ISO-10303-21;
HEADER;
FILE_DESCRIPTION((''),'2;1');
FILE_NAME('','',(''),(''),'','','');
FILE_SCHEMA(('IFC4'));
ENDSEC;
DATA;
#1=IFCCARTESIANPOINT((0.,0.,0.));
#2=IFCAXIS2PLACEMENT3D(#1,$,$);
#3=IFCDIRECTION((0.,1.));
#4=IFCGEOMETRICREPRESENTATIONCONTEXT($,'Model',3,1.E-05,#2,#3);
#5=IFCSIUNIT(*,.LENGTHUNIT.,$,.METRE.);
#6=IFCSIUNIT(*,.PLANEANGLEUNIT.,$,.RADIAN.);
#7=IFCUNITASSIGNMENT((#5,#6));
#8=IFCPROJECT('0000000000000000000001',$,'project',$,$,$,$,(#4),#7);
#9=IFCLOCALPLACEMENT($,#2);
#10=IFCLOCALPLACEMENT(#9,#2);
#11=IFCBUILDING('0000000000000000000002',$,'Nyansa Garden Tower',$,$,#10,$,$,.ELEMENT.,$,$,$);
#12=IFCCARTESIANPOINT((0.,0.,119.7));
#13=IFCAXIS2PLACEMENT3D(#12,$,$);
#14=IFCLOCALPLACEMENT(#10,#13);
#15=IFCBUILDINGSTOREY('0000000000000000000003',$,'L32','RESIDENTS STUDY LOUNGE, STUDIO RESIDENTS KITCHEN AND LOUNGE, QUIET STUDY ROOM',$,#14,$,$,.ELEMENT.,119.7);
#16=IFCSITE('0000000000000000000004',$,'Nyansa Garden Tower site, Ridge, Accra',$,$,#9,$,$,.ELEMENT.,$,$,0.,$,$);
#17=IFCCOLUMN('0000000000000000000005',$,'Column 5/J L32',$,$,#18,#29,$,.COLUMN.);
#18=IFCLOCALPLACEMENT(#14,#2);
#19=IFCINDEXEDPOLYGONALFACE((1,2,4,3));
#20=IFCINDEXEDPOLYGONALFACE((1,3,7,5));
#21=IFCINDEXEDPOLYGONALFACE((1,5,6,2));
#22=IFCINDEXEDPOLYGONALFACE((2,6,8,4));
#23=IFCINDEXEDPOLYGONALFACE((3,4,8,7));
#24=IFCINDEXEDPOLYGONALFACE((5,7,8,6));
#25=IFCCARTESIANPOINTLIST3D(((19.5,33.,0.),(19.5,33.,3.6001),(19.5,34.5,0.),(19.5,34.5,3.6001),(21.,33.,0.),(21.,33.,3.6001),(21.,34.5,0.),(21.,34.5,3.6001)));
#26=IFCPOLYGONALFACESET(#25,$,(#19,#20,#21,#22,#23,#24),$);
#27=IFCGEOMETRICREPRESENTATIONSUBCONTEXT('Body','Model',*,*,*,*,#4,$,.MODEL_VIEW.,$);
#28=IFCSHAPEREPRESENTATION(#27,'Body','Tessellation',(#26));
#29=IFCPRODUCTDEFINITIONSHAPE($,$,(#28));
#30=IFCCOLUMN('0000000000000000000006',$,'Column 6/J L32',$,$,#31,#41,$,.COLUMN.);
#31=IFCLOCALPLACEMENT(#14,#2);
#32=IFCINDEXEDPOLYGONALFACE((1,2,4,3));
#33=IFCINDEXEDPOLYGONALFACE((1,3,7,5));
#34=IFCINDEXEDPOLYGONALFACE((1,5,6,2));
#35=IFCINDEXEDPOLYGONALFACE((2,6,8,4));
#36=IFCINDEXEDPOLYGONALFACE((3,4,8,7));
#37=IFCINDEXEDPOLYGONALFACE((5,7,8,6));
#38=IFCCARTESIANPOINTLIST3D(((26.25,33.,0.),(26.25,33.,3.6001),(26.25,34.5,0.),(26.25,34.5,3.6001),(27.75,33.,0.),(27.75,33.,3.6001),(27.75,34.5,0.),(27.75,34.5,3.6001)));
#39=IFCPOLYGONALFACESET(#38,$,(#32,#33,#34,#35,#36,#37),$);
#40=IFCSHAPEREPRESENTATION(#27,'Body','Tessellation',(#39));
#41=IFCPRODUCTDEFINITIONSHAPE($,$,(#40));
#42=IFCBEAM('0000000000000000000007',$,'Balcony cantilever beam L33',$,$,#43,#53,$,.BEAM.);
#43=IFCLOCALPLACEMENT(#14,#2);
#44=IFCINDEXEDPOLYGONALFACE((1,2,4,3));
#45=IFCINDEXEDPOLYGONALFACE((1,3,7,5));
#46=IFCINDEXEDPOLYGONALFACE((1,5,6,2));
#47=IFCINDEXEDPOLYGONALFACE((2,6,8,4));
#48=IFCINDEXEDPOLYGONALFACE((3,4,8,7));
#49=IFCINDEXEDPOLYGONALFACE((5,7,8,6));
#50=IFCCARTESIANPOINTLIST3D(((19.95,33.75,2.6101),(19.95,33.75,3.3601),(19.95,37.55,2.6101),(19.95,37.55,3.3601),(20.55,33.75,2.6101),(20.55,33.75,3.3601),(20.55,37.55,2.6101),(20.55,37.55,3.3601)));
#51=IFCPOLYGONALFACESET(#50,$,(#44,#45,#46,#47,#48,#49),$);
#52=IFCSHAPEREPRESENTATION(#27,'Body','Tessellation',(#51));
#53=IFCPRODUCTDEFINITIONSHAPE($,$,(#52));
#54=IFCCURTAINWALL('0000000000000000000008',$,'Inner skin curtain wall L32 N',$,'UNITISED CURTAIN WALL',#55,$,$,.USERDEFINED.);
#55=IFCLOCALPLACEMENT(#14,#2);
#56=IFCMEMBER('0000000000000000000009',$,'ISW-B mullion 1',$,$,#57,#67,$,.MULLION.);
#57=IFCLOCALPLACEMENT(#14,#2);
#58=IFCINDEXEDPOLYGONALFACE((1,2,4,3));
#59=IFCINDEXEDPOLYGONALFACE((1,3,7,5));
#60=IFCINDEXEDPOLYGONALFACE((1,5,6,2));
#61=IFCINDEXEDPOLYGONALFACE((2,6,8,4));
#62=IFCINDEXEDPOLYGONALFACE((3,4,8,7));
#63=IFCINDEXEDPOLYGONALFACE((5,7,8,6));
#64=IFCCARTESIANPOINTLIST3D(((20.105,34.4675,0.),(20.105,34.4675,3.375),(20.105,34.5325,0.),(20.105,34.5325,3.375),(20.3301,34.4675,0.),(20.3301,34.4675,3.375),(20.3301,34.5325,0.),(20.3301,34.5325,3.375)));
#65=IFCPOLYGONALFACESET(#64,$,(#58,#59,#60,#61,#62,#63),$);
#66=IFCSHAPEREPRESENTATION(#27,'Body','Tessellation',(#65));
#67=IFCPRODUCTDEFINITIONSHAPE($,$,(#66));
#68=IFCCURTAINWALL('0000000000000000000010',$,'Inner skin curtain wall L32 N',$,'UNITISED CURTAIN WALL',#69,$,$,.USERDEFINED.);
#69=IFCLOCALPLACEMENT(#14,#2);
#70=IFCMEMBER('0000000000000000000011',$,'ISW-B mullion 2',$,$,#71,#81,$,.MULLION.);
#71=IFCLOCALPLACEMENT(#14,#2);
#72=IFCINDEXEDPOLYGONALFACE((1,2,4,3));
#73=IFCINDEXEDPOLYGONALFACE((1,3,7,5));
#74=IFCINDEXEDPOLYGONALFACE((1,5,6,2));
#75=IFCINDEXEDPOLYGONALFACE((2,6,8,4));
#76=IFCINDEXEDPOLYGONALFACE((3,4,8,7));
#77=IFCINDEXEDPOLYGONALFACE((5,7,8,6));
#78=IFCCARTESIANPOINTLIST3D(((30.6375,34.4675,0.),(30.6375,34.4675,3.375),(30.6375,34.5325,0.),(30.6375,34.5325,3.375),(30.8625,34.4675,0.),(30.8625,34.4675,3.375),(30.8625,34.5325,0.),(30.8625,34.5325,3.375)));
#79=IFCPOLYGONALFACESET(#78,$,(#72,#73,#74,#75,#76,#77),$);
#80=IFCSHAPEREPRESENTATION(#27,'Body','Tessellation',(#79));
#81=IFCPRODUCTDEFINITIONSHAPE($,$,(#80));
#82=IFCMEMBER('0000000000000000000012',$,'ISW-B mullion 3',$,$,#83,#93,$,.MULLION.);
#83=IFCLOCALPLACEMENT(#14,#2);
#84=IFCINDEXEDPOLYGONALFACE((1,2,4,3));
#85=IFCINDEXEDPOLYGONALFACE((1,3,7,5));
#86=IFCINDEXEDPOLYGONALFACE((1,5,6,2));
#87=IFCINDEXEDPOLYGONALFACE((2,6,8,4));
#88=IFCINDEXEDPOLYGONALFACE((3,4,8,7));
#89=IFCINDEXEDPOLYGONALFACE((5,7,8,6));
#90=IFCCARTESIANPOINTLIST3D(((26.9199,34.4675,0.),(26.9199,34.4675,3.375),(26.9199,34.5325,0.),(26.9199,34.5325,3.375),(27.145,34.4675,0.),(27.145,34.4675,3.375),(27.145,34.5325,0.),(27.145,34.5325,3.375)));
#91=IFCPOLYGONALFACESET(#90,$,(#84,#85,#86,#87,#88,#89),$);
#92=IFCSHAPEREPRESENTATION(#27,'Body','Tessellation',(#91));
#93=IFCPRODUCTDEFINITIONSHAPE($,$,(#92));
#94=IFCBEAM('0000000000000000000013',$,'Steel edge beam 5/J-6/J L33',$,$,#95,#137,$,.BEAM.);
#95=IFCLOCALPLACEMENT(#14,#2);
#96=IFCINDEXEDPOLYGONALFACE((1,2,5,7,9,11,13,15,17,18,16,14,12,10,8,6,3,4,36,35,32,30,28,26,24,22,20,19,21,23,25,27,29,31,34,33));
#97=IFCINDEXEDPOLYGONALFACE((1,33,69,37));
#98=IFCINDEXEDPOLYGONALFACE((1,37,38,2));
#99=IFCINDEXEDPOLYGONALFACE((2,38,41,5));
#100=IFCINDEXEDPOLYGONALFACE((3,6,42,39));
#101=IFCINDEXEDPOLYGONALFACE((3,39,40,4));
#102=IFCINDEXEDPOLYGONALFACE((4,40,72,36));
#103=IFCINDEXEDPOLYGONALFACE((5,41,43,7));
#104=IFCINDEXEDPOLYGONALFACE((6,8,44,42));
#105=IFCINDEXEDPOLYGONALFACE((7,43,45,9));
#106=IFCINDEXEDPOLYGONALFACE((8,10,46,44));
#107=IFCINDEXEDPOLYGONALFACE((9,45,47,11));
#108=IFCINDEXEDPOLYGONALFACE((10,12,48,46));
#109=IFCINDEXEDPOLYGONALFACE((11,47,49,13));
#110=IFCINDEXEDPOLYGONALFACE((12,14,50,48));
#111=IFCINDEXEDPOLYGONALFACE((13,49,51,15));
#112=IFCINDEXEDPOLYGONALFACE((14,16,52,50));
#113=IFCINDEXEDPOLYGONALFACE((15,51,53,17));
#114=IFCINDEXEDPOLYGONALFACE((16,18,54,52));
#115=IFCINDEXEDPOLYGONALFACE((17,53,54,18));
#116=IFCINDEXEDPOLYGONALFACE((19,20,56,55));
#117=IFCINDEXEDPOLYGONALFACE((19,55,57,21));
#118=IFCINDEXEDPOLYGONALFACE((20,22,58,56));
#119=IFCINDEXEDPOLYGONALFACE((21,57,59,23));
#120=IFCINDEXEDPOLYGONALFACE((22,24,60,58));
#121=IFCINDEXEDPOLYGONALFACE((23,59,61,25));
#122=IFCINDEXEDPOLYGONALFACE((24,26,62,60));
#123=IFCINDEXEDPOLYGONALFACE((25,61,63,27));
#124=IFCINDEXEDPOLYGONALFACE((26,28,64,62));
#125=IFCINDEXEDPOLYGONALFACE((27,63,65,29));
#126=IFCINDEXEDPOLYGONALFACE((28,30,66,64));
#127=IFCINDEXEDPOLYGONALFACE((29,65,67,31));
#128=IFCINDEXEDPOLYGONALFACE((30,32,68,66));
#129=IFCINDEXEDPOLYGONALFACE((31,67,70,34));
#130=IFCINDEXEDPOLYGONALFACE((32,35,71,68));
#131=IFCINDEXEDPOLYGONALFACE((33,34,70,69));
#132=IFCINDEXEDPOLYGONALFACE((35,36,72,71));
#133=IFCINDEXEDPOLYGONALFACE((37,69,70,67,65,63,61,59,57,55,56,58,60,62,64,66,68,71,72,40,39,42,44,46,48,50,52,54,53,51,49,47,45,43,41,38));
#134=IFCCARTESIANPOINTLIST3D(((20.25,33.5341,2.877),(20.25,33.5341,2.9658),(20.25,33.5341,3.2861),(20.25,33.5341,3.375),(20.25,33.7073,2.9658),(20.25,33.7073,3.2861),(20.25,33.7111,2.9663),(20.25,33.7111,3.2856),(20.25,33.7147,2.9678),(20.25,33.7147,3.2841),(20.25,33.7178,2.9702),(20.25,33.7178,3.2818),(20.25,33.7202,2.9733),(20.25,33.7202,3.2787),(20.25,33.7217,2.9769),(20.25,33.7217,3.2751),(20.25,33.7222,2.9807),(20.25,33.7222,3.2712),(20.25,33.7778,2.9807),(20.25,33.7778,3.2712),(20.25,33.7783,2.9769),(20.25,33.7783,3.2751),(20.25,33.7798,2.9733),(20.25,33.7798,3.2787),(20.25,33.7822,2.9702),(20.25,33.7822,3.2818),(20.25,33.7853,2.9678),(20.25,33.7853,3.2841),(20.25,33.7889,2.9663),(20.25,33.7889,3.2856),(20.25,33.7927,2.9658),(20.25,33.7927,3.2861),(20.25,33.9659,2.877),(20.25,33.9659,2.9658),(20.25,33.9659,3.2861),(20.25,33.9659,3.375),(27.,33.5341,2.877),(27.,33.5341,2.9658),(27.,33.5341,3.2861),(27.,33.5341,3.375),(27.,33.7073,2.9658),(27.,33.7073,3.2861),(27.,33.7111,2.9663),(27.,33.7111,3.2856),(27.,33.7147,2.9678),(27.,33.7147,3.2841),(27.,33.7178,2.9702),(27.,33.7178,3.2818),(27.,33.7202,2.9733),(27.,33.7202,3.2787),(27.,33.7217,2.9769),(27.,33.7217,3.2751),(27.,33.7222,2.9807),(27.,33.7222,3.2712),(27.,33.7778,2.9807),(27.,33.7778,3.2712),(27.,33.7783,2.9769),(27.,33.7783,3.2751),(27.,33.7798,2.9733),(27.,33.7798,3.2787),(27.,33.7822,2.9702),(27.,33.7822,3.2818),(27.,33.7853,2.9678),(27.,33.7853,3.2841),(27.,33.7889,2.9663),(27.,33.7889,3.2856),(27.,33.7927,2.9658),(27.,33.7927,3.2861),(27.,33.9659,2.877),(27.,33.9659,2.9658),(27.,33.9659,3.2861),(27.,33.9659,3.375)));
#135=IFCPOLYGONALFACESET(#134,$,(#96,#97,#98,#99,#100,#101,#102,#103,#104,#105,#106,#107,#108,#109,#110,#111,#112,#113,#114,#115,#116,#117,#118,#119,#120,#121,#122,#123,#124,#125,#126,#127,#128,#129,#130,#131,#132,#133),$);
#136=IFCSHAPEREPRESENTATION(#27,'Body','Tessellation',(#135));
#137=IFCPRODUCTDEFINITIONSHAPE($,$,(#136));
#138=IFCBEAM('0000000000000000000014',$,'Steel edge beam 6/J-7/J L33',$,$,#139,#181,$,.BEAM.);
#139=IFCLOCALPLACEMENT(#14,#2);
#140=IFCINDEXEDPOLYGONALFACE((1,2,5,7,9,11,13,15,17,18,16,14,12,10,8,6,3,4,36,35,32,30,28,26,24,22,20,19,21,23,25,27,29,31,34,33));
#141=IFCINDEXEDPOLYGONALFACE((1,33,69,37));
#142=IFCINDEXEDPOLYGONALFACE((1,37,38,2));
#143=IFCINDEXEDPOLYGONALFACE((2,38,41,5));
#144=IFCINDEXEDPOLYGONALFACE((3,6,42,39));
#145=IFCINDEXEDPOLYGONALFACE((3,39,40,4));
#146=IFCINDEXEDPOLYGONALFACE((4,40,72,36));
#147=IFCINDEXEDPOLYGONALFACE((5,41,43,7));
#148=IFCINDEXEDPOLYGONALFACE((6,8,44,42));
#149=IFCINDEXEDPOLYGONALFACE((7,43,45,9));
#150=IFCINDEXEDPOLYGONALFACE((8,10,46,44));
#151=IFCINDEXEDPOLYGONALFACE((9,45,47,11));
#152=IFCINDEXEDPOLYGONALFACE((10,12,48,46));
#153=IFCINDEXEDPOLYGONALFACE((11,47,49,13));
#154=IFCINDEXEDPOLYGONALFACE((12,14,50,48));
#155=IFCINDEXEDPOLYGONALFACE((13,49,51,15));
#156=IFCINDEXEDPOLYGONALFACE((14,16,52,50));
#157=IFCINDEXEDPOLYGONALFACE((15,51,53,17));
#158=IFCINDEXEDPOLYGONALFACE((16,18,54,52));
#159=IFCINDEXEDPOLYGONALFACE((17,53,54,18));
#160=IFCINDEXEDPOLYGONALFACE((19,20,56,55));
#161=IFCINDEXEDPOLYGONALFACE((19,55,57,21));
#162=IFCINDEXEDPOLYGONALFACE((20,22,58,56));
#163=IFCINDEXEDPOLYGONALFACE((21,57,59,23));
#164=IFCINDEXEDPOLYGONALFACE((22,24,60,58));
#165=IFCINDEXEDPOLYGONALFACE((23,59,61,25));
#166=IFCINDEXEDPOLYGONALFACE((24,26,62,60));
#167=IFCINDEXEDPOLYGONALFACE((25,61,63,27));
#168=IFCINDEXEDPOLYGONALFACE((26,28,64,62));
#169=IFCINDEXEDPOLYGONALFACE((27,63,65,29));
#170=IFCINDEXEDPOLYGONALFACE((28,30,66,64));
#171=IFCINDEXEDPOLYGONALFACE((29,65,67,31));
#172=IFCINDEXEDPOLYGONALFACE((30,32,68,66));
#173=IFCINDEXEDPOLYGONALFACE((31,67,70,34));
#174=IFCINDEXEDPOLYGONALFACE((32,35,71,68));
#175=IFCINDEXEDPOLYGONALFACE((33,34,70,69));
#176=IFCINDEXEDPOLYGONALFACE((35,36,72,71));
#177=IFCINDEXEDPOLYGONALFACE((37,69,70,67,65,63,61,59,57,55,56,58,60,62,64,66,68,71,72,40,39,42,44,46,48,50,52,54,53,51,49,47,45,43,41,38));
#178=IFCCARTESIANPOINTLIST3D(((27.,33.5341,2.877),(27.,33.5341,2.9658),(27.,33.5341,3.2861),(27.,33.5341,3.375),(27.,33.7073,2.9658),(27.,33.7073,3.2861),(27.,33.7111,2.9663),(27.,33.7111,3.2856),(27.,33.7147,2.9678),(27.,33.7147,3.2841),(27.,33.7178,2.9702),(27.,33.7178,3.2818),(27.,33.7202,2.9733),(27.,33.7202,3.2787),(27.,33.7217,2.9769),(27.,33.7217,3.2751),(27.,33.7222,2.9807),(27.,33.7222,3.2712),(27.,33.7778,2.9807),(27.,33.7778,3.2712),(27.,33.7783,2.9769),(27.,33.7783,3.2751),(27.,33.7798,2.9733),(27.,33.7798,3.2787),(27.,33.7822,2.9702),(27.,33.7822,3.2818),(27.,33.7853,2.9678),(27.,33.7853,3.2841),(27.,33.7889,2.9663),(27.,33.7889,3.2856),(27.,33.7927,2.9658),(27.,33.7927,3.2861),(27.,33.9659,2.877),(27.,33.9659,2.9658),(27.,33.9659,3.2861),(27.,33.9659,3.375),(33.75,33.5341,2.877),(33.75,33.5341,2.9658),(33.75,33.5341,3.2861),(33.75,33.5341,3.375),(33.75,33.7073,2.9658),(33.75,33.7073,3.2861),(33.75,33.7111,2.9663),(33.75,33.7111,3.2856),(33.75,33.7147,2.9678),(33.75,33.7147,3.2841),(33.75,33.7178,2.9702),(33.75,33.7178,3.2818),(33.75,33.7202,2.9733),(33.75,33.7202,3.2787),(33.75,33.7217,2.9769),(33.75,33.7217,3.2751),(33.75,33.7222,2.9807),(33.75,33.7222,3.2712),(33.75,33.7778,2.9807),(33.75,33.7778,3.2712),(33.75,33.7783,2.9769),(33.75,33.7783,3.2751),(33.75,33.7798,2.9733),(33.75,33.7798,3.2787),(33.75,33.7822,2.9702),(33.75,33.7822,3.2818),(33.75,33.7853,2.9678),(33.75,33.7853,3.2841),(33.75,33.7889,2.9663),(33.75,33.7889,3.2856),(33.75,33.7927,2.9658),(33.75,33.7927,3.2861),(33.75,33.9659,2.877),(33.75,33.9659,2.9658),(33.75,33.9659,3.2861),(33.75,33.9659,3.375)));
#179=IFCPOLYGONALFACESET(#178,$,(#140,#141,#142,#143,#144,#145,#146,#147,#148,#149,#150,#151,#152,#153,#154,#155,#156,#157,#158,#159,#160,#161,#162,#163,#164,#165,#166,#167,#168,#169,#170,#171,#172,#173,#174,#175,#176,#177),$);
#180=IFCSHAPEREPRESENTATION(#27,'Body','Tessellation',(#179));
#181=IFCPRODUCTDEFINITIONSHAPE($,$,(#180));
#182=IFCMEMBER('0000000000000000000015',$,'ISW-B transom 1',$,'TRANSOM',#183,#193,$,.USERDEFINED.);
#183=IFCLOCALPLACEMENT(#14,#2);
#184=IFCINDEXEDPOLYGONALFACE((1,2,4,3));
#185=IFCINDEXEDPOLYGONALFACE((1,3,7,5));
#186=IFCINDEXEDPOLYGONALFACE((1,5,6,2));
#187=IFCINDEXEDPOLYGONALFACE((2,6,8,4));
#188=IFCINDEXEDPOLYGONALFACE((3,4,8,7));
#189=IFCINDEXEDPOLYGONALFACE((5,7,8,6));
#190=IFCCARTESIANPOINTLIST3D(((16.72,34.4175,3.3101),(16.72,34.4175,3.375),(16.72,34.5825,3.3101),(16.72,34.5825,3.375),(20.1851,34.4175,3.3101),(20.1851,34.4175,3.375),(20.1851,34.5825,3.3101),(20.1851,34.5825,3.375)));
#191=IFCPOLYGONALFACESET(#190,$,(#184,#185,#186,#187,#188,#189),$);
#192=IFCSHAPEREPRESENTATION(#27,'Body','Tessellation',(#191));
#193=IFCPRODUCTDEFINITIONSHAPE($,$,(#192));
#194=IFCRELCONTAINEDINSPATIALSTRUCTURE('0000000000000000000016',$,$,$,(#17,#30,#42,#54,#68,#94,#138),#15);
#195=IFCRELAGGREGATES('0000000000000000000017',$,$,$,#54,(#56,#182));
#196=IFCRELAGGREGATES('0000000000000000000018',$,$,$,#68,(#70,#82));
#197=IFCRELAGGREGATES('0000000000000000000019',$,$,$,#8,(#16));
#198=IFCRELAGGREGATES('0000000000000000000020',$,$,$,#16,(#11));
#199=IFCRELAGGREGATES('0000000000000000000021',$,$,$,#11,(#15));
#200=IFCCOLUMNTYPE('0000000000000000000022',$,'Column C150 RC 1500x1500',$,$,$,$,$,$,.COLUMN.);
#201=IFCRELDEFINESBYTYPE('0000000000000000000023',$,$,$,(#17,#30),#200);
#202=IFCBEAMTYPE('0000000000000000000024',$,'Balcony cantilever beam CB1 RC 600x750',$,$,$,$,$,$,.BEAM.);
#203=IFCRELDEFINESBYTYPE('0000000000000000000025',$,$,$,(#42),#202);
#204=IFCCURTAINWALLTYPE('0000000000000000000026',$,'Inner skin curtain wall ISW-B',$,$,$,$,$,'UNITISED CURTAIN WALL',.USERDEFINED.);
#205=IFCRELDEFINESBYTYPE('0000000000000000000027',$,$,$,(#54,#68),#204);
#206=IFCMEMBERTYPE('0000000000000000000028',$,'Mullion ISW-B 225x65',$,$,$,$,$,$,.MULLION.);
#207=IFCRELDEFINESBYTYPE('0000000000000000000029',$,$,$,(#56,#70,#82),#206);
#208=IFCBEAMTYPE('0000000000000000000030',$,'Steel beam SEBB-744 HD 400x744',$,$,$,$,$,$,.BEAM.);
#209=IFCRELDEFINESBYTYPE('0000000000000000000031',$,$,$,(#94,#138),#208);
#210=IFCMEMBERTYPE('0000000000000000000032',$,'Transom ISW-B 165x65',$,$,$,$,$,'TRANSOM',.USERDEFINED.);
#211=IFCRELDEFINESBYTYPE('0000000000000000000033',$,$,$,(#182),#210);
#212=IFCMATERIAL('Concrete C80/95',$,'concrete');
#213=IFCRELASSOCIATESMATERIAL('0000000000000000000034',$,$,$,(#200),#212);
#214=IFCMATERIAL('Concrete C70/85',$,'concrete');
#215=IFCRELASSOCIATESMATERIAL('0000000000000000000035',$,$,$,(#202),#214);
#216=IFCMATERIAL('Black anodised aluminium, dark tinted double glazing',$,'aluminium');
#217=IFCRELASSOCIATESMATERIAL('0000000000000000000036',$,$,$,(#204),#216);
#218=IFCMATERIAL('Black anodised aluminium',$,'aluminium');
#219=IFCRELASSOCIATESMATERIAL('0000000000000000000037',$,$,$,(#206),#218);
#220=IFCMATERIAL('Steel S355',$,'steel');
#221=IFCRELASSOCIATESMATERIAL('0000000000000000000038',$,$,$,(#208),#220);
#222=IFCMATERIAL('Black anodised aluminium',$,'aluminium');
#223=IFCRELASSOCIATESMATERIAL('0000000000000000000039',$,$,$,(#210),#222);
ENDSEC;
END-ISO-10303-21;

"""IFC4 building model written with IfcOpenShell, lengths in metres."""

from ifc_helpers import new_model, si_unit, direction, frame, origin, origin_2d, place, context, subcontext, project, spatial, rectangle, i_section, extrude, material, material_profile, profile_set, type_object, element, aggregate, save


model = new_model("IFC4")

# Units and contexts
model_context = context("Model", 3, precision=1e-05, world=origin(), true_north=direction((0.0, 1.0)))
body_context = subcontext(model_context, "Body", "Model", "MODEL_VIEW")
ifc_project = project(units=[si_unit("LENGTHUNIT", "METRE"), si_unit("PLANEANGLEUNIT", "RADIAN")], contexts=[model_context])

# Site, building, storey
site_placement = place(None, origin())
site = spatial("IfcSite", under=ifc_project, at=site_placement, Name="Nyansa Garden Tower site, Ridge, Accra", CompositionType="ELEMENT", RefElevation=0.0)
building_placement = place(site_placement, origin())
building = spatial("IfcBuilding", under=site, at=building_placement, Name="Nyansa Garden Tower", CompositionType="ELEMENT")
storey_placement = place(building_placement, frame((0.0, 0.0, 119.7)))
storey = spatial("IfcBuildingStorey", under=building, at=storey_placement, Name="L32", Description="RESIDENTS STUDY LOUNGE, STUDIO RESIDENTS KITCHEN AND LOUNGE, QUIET STUDY ROOM", CompositionType="ELEMENT", Elevation=119.7)

# Columns
ifc_material_1 = material(Name="Concrete C80/95", Category="concrete")
ifc_material_profile_1 = material_profile(ifc_material_1, rectangle(XDim=1.5, YDim=1.5, at=origin_2d()), Name="RC 1500x1500")
ifc_profile_set_1 = profile_set([ifc_material_profile_1], Name="Concrete C80/95")
column_type = type_object("IfcColumnType", Name="Column C150 RC 1500x1500", PredefinedType="COLUMN", material=ifc_profile_set_1)
for number, where, z_axis, x_axis, name in (
    (1, (20.25, 33.75, 0.0), (0.0, 0.0, 1.0), (1.0, 0.0, 0.0), "Column 5/J L32"),
    (2, (27.0, 33.75, 0.0), (0.0, 0.0, 1.0), (1.0, 0.0, 0.0), "Column 6/J L32"),
):
    element("IfcColumn", number, at=place(storey_placement, frame(where, z_axis=z_axis, x_axis=x_axis)), inside=storey, type_object=column_type, Name=name, PredefinedType="COLUMN", context=body_context, shape_type="SweptSolid", body=[
        extrude(rectangle(XDim=1.5, YDim=1.5, at=origin_2d()), origin(), (0.0, 0.0, 1.0), 3.6001),
    ])

# Beam
ifc_material_2 = material(Name="Concrete C70/85", Category="concrete")
ifc_material_profile_2 = material_profile(ifc_material_2, rectangle(XDim=0.6001, YDim=0.75, at=origin_2d()), Name="RC 600x750")
ifc_profile_set_2 = profile_set([ifc_material_profile_2], Name="Concrete C70/85")
beam_type_1 = type_object("IfcBeamType", Name="Balcony cantilever beam CB1 RC 600x750", PredefinedType="BEAM", material=ifc_profile_set_2)
beam_placement = place(storey_placement, frame((20.25, 33.75, 2.9851), z_axis=(0.0, 1.0, 0.0), x_axis=(-1.0, 0.0, 0.0)))
element("IfcBeam", 3, at=beam_placement, inside=storey, type_object=beam_type_1, Name="Balcony cantilever beam L33", PredefinedType="BEAM", context=body_context, shape_type="SweptSolid", body=[
    extrude(rectangle(XDim=0.6001, YDim=0.75, at=origin_2d()), origin(), (0.0, 0.0, 1.0), 3.8),
])

# Curtain wall, member
ifc_material_3 = material(Name="Black anodised aluminium, dark tinted double glazing", Category="aluminium")
curtain_wall_type = type_object("IfcCurtainWallType", Name="Inner skin curtain wall ISW-B", ElementType="UNITISED CURTAIN WALL", PredefinedType="USERDEFINED", material=ifc_material_3)
curtain_wall_1_placement = place(storey_placement, origin())
curtain_wall_1 = element("IfcCurtainWall", 4, at=curtain_wall_1_placement, inside=storey, type_object=curtain_wall_type, Name="Inner skin curtain wall L32 N", ObjectType="UNITISED CURTAIN WALL", PredefinedType="USERDEFINED")
ifc_material_4 = material(Name="Black anodised aluminium", Category="aluminium")
ifc_material_profile_3 = material_profile(ifc_material_4, rectangle(XDim=0.0649, YDim=0.2251, at=origin_2d()), Name="Mullion 225x65")
ifc_profile_set_3 = profile_set([ifc_material_profile_3], Name="Black anodised aluminium")
member_type_1 = type_object("IfcMemberType", Name="Mullion ISW-B 225x65", PredefinedType="MULLION", material=ifc_profile_set_3)
member_1_placement = place(storey_placement, frame((20.2175, 34.5, 0.0), z_axis=(0.0, 0.0, 1.0), x_axis=(0.0, -1.0, 0.0)))
member_1 = element("IfcMember", 5, at=member_1_placement, type_object=member_type_1, Name="ISW-B mullion 1", PredefinedType="MULLION", context=body_context, shape_type="SweptSolid", body=[
    extrude(rectangle(XDim=0.0649, YDim=0.2251, at=origin_2d()), origin(), (0.0, 0.0, 1.0), 3.375),
])

# Curtain wall, members
curtain_wall_2_placement = place(storey_placement, origin())
curtain_wall_2 = element("IfcCurtainWall", 6, at=curtain_wall_2_placement, inside=storey, type_object=curtain_wall_type, Name="Inner skin curtain wall L32 N", ObjectType="UNITISED CURTAIN WALL", PredefinedType="USERDEFINED")
member_2_placement = place(storey_placement, frame((30.75, 34.5, 0.0), z_axis=(0.0, 0.0, 1.0), x_axis=(0.0, -1.0, 0.0)))
member_2 = element("IfcMember", 7, at=member_2_placement, type_object=member_type_1, Name="ISW-B mullion 2", PredefinedType="MULLION", context=body_context, shape_type="SweptSolid", body=[
    extrude(rectangle(XDim=0.0649, YDim=0.2251, at=origin_2d()), origin(), (0.0, 0.0, 1.0), 3.375),
])
member_3_placement = place(storey_placement, frame((27.0325, 34.5, 0.0), z_axis=(0.0, 0.0, 1.0), x_axis=(0.0, -1.0, 0.0)))
member_3 = element("IfcMember", 8, at=member_3_placement, type_object=member_type_1, Name="ISW-B mullion 3", PredefinedType="MULLION", context=body_context, shape_type="SweptSolid", body=[
    extrude(rectangle(XDim=0.0649, YDim=0.2251, at=origin_2d()), origin(), (0.0, 0.0, 1.0), 3.375),
])

# Beams
ifc_material_5 = material(Name="Steel S355", Category="steel")
ifc_material_profile_4 = material_profile(ifc_material_5, i_section(OverallWidth=0.4319, OverallDepth=0.498, WebThickness=0.0557, FlangeThickness=0.0889, FilletRadius=0.0149, at=origin_2d()), Name="HD 400x744")
ifc_profile_set_4 = profile_set([ifc_material_profile_4], Name="Steel S355")
beam_type_2 = type_object("IfcBeamType", Name="Steel beam SEBB-744 HD 400x744", PredefinedType="BEAM", material=ifc_profile_set_4)
for number, where, z_axis, x_axis, name in (
    (9, (20.25, 33.75, 3.126), (1.0, 0.0, 0.0), (0.0, 1.0, 0.0), "Steel edge beam 5/J-6/J L33"),
    (10, (27.0, 33.75, 3.126), (1.0, 0.0, 0.0), (0.0, 1.0, 0.0), "Steel edge beam 6/J-7/J L33"),
):
    element("IfcBeam", number, at=place(storey_placement, frame(where, z_axis=z_axis, x_axis=x_axis)), inside=storey, type_object=beam_type_2, Name=name, PredefinedType="BEAM", context=body_context, shape_type="SweptSolid", body=[
        extrude(i_section(OverallWidth=0.4319, OverallDepth=0.498, WebThickness=0.0557, FlangeThickness=0.0889, FilletRadius=0.0149, at=origin_2d()), origin(), (0.0, 0.0, 1.0), 6.75),
    ])

# Member
ifc_material_6 = material(Name="Black anodised aluminium", Category="aluminium")
ifc_material_profile_5 = material_profile(ifc_material_6, rectangle(XDim=0.165, YDim=0.0649, at=origin_2d()), Name="Transom 165x65")
ifc_profile_set_5 = profile_set([ifc_material_profile_5], Name="Black anodised aluminium")
member_type_2 = type_object("IfcMemberType", Name="Transom ISW-B 165x65", ElementType="TRANSOM", PredefinedType="USERDEFINED", material=ifc_profile_set_5)
member_4_placement = place(storey_placement, frame((20.1851, 34.5, 3.3425), z_axis=(-1.0, 0.0, 0.0), x_axis=(0.0, -1.0, 0.0)))
member_4 = element("IfcMember", 11, at=member_4_placement, type_object=member_type_2, Name="ISW-B transom 1", ObjectType="TRANSOM", PredefinedType="USERDEFINED", context=body_context, shape_type="SweptSolid", body=[
    extrude(rectangle(XDim=0.165, YDim=0.0649, at=origin_2d()), origin(), (0.0, 0.0, 1.0), 3.4651),
])
aggregate(curtain_wall_1, [member_1, member_4])

aggregate(curtain_wall_2, [member_2, member_3])

save(model, "model.ifc")
